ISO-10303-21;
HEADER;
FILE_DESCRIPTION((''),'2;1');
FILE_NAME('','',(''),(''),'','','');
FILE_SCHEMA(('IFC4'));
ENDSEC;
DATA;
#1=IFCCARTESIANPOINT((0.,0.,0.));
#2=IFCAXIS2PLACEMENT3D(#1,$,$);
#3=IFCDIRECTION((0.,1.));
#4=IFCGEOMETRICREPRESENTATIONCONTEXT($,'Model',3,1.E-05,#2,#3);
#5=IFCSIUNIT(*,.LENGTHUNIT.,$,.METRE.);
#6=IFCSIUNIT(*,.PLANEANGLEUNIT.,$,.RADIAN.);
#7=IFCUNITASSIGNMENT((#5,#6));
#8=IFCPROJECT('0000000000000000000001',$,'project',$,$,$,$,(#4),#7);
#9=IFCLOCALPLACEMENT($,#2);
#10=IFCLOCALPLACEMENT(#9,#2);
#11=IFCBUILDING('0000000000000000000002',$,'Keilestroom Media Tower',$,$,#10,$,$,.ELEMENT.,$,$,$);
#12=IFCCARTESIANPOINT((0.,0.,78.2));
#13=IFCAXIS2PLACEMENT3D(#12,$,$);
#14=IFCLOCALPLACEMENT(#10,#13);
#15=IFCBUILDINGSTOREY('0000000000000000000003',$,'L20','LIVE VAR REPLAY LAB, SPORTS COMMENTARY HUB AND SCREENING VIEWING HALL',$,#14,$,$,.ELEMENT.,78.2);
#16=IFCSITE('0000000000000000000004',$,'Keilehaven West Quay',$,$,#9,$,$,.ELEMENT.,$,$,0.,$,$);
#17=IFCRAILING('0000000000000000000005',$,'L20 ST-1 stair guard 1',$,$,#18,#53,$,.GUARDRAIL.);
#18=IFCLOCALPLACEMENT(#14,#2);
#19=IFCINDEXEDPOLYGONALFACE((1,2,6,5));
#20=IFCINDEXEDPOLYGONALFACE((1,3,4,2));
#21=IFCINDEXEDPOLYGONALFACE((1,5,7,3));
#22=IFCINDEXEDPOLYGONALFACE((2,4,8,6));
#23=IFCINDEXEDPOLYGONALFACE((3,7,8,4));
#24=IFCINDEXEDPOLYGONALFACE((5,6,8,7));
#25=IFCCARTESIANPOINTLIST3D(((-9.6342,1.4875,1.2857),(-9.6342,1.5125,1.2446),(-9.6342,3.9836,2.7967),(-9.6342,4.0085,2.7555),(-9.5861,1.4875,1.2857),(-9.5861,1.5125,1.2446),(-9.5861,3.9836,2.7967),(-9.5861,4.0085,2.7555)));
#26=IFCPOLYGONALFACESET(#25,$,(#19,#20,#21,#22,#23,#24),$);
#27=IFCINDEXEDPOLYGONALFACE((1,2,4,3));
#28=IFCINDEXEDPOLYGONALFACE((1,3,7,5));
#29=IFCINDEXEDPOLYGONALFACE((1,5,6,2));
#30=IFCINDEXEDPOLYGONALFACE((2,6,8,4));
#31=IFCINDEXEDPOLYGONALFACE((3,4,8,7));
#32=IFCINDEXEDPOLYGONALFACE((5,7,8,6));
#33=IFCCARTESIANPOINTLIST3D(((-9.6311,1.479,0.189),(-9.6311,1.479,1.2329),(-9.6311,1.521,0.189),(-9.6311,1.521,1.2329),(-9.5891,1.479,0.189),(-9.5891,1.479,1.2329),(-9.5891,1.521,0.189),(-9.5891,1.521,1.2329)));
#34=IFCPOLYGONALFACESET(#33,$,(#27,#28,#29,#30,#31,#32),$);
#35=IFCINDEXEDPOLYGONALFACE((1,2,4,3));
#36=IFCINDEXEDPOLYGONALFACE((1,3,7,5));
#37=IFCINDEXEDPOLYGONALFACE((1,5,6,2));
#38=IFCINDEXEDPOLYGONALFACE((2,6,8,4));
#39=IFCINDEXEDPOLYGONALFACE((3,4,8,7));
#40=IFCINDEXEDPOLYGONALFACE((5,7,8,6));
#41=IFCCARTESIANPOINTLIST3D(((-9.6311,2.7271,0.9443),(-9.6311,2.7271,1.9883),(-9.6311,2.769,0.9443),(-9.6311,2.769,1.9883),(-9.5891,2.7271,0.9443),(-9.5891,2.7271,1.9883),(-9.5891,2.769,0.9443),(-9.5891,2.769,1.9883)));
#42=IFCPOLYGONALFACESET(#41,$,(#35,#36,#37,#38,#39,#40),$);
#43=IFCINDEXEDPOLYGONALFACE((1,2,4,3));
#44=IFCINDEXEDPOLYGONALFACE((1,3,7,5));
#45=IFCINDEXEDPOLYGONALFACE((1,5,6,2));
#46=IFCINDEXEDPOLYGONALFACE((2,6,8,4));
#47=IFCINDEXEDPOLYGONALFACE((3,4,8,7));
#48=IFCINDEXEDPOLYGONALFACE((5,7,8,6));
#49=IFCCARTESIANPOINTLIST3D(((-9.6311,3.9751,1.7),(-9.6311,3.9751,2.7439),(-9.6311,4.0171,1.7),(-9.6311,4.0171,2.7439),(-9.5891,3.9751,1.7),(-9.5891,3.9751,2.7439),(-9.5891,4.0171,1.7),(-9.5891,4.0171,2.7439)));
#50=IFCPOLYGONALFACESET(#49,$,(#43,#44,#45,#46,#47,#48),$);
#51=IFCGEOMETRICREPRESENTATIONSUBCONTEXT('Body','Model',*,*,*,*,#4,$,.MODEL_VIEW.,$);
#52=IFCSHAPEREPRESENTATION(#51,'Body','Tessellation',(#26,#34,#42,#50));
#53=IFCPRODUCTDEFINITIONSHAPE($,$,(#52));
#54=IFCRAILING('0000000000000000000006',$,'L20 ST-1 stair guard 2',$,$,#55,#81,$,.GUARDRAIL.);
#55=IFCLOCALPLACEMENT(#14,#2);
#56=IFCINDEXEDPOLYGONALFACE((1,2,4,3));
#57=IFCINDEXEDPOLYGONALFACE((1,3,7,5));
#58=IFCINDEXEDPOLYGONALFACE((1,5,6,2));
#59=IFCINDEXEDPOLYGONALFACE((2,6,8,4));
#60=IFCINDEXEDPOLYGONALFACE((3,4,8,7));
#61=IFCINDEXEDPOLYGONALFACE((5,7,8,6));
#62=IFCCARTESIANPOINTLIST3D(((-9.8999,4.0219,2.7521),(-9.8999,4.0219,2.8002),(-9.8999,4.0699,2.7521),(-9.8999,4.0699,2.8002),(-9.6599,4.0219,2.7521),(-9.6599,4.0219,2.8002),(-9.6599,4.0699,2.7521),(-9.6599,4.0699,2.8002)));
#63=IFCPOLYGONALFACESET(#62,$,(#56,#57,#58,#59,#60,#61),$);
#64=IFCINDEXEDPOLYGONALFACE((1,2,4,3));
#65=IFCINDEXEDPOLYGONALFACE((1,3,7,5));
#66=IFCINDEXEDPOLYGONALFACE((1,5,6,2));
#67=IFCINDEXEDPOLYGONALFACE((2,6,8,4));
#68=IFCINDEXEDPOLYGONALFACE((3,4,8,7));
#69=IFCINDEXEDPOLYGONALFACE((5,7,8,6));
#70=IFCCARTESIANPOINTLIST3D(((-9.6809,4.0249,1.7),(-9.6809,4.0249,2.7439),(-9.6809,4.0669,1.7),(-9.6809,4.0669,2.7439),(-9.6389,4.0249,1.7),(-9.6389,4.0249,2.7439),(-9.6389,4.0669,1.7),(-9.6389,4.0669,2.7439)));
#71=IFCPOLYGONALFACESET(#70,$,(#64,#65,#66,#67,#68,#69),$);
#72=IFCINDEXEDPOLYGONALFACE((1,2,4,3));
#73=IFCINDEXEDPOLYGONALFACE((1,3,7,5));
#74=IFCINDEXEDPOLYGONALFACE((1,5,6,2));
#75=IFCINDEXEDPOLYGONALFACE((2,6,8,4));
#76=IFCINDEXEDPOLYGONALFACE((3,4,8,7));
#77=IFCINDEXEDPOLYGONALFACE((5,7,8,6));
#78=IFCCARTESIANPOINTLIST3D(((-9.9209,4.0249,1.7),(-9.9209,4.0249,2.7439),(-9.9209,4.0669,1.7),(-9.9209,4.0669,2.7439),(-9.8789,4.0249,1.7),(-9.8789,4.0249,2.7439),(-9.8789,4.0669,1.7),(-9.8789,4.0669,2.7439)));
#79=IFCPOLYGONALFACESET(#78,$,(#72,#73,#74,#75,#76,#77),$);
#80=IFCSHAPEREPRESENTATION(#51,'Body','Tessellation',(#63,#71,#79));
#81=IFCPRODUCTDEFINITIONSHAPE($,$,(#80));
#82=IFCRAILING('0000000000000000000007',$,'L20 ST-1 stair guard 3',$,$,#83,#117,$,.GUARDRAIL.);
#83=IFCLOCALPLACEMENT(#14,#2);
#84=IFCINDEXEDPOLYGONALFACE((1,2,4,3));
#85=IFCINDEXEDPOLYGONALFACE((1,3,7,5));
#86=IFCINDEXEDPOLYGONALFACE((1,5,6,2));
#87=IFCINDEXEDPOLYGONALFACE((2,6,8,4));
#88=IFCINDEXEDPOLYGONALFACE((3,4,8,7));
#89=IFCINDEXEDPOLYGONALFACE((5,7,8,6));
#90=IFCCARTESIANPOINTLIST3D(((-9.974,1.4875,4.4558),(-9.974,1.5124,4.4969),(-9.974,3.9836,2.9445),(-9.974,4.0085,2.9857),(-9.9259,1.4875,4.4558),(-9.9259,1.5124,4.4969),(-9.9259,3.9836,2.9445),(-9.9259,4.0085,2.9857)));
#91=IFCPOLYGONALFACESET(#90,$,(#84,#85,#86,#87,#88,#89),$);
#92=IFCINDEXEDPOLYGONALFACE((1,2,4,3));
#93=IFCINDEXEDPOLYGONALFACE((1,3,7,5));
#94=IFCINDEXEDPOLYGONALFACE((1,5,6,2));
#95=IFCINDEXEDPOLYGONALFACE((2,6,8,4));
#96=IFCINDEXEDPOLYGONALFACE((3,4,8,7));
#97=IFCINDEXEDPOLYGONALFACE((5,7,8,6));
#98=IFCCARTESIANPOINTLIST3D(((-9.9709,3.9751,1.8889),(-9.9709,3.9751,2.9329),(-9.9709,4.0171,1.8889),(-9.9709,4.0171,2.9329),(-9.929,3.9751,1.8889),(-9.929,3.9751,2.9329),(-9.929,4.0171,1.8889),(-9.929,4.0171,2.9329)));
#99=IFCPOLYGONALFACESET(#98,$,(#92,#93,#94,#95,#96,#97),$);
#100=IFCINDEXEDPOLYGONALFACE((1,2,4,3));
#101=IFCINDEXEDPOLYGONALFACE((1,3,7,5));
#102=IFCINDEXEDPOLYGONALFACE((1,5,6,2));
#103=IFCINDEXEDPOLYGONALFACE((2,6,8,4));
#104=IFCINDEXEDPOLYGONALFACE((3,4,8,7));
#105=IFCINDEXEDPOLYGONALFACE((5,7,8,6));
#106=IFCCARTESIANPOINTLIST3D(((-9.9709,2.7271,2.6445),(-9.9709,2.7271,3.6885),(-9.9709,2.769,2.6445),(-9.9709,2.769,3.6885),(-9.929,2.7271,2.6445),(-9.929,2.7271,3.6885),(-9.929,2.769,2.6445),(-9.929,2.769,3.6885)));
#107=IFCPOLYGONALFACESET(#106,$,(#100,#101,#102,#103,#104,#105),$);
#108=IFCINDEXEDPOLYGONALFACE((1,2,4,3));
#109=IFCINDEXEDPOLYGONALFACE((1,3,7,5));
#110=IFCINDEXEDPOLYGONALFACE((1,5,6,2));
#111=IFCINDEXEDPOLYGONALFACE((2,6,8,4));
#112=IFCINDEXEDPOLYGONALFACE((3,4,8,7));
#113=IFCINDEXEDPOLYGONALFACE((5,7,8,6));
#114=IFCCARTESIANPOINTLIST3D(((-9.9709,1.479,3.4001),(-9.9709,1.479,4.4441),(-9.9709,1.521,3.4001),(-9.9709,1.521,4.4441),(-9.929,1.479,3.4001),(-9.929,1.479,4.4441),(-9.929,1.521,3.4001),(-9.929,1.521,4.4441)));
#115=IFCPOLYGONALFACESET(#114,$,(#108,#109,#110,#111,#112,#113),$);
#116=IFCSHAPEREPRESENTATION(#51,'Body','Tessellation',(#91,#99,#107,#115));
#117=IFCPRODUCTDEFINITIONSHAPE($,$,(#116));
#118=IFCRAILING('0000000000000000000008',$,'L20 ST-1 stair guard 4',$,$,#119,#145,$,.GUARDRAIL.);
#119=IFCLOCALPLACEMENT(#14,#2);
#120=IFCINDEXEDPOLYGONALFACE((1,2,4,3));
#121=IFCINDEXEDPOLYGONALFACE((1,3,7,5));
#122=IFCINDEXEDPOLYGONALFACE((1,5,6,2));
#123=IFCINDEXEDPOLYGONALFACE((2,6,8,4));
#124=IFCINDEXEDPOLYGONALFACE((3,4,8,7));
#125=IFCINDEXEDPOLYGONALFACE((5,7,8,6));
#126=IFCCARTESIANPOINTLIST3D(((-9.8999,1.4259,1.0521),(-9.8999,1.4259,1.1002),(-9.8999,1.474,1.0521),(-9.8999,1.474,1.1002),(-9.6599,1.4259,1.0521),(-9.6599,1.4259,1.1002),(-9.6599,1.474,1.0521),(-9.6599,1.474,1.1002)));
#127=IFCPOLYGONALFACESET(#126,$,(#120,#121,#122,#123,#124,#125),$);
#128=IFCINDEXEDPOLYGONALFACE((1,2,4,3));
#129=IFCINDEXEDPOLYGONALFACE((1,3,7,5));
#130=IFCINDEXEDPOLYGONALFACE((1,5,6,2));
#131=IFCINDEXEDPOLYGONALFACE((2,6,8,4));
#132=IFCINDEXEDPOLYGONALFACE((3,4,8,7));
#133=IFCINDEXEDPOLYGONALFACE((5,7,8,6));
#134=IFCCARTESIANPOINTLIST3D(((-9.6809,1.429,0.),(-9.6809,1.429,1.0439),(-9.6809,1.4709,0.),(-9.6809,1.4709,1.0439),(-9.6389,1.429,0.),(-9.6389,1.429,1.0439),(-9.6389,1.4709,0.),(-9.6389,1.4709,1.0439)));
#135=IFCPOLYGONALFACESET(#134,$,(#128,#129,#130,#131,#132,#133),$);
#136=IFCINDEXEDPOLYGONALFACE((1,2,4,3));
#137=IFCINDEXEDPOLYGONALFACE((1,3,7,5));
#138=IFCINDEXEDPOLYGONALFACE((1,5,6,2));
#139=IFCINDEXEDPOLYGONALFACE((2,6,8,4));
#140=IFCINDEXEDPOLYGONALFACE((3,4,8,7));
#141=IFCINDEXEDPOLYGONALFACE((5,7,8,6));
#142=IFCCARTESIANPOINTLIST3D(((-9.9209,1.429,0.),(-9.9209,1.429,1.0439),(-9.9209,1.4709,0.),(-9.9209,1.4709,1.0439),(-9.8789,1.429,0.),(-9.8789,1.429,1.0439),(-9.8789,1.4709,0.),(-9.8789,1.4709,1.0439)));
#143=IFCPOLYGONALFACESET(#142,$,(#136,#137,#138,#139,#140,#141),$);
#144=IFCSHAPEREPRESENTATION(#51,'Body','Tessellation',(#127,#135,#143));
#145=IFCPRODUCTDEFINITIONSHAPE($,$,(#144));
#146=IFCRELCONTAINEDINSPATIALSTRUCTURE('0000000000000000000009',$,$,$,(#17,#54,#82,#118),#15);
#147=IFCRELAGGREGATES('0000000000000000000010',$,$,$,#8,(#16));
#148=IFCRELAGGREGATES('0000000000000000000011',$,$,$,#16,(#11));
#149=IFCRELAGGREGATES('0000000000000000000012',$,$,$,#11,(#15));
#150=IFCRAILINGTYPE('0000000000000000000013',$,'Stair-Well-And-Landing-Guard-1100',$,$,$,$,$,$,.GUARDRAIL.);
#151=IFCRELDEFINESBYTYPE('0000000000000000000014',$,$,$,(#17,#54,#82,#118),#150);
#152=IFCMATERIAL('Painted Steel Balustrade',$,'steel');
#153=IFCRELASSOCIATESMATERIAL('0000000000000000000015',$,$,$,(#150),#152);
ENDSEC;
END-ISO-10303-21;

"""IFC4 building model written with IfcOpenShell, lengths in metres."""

from ifc_helpers import new_model, si_unit, direction, frame, origin, origin_2d, place, context, subcontext, project, spatial, rectangle, extrude, material, type_object, element, save


model = new_model("IFC4")

# Units and contexts
model_context = context("Model", 3, precision=1e-05, world=origin(), true_north=direction((0.0, 1.0)))
body_context = subcontext(model_context, "Body", "Model", "MODEL_VIEW")
ifc_project = project(units=[si_unit("LENGTHUNIT", "METRE"), si_unit("PLANEANGLEUNIT", "RADIAN")], contexts=[model_context])

# Site, building, storey
site_placement = place(None, origin())
site = spatial("IfcSite", under=ifc_project, at=site_placement, Name="Keilehaven West Quay", CompositionType="ELEMENT", RefElevation=0.0)
building_placement = place(site_placement, origin())
building = spatial("IfcBuilding", under=site, at=building_placement, Name="Keilestroom Media Tower", CompositionType="ELEMENT")
storey_placement = place(building_placement, frame((0.0, 0.0, 78.2)))
storey = spatial("IfcBuildingStorey", under=building, at=storey_placement, Name="L20", Description="LIVE VAR REPLAY LAB, SPORTS COMMENTARY HUB AND SCREENING VIEWING HALL", CompositionType="ELEMENT", Elevation=78.2)

# Railings
ifc_material_1 = material(Name="Painted Steel Balustrade", Category="steel")
railing_type_1 = type_object("IfcRailingType", Name="Stair-Well-And-Landing-Guard-1100", PredefinedType="GUARDRAIL", material=ifc_material_1)
railing_1_placement = place(storey_placement, frame((-9.6101, 1.5, 0.189)))
element("IfcRailing", 1, at=railing_1_placement, inside=storey, type_object=railing_type_1, Name="L20 ST-1 stair guard 1", PredefinedType="GUARDRAIL", context=body_context, shape_type="SweptSolid", body=[
    extrude(rectangle(XDim=0.0481, YDim=0.0481, at=origin_2d()), frame((0.0, 0.0, 1.0762), z_axis=(0.0, 0.855471, 0.517851), x_axis=(-1.0, 0.0, 0.0)), (0.0, 0.0, 1.0), 2.9177),
    extrude(rectangle(XDim=0.042, YDim=0.042, at=origin_2d()), origin(), (0.0, 0.0, 1.0), 1.0439),
    extrude(rectangle(XDim=0.042, YDim=0.042, at=origin_2d()), frame((0.0, 1.248, 0.7554)), (0.0, 0.0, 1.0), 1.0439),
    extrude(rectangle(XDim=0.042, YDim=0.042, at=origin_2d()), frame((0.0, 2.4961, 1.511)), (0.0, 0.0, 1.0), 1.0439),
])
railing_2_placement = place(storey_placement, frame((-9.6599, 4.0459, 1.7)))
element("IfcRailing", 2, at=railing_2_placement, inside=storey, type_object=railing_type_1, Name="L20 ST-1 stair guard 2", PredefinedType="GUARDRAIL", context=body_context, shape_type="SweptSolid", body=[
    extrude(rectangle(XDim=0.0481, YDim=0.0481, at=origin_2d()), frame((0.0, 0.0, 1.0762), z_axis=(-1.0, 0.0, 0.0), x_axis=(0.0, -1.0, 0.0)), (0.0, 0.0, 1.0), 0.24),
    extrude(rectangle(XDim=0.042, YDim=0.042, at=origin_2d()), origin(), (0.0, 0.0, 1.0), 1.0439),
    extrude(rectangle(XDim=0.042, YDim=0.042, at=origin_2d()), frame((-0.24, 0.0, 0.0)), (0.0, 0.0, 1.0), 1.0439),
])
railing_3_placement = place(storey_placement, frame((-9.95, 3.9961, 1.8889)))
element("IfcRailing", 3, at=railing_3_placement, inside=storey, type_object=railing_type_1, Name="L20 ST-1 stair guard 3", PredefinedType="GUARDRAIL", context=body_context, shape_type="SweptSolid", body=[
    extrude(rectangle(XDim=0.0481, YDim=0.0481, at=origin_2d()), frame((0.0, 0.0, 1.0762), z_axis=(0.0, -0.855434, 0.517912), x_axis=(1.0, 0.0, 0.0)), (0.0, 0.0, 1.0), 2.918),
    extrude(rectangle(XDim=0.042, YDim=0.042, at=origin_2d()), origin(), (0.0, 0.0, 1.0), 1.0439),
    extrude(rectangle(XDim=0.042, YDim=0.042, at=origin_2d()), frame((0.0, -1.248, 0.7556)), (0.0, 0.0, 1.0), 1.0439),
    extrude(rectangle(XDim=0.042, YDim=0.042, at=origin_2d()), frame((0.0, -2.4961, 1.5112)), (0.0, 0.0, 1.0), 1.0439),
])
railing_4_placement = place(storey_placement, frame((-9.6599, 1.45, 0.0)))
element("IfcRailing", 4, at=railing_4_placement, inside=storey, type_object=railing_type_1, Name="L20 ST-1 stair guard 4", PredefinedType="GUARDRAIL", context=body_context, shape_type="SweptSolid", body=[
    extrude(rectangle(XDim=0.0481, YDim=0.0481, at=origin_2d()), frame((0.0, 0.0, 1.0762), z_axis=(-1.0, 0.0, 0.0), x_axis=(0.0, -1.0, 0.0)), (0.0, 0.0, 1.0), 0.24),
    extrude(rectangle(XDim=0.042, YDim=0.042, at=origin_2d()), origin(), (0.0, 0.0, 1.0), 1.0439),
    extrude(rectangle(XDim=0.042, YDim=0.042, at=origin_2d()), frame((-0.24, 0.0, 0.0)), (0.0, 0.0, 1.0), 1.0439),
])

save(model, "model.ifc")
